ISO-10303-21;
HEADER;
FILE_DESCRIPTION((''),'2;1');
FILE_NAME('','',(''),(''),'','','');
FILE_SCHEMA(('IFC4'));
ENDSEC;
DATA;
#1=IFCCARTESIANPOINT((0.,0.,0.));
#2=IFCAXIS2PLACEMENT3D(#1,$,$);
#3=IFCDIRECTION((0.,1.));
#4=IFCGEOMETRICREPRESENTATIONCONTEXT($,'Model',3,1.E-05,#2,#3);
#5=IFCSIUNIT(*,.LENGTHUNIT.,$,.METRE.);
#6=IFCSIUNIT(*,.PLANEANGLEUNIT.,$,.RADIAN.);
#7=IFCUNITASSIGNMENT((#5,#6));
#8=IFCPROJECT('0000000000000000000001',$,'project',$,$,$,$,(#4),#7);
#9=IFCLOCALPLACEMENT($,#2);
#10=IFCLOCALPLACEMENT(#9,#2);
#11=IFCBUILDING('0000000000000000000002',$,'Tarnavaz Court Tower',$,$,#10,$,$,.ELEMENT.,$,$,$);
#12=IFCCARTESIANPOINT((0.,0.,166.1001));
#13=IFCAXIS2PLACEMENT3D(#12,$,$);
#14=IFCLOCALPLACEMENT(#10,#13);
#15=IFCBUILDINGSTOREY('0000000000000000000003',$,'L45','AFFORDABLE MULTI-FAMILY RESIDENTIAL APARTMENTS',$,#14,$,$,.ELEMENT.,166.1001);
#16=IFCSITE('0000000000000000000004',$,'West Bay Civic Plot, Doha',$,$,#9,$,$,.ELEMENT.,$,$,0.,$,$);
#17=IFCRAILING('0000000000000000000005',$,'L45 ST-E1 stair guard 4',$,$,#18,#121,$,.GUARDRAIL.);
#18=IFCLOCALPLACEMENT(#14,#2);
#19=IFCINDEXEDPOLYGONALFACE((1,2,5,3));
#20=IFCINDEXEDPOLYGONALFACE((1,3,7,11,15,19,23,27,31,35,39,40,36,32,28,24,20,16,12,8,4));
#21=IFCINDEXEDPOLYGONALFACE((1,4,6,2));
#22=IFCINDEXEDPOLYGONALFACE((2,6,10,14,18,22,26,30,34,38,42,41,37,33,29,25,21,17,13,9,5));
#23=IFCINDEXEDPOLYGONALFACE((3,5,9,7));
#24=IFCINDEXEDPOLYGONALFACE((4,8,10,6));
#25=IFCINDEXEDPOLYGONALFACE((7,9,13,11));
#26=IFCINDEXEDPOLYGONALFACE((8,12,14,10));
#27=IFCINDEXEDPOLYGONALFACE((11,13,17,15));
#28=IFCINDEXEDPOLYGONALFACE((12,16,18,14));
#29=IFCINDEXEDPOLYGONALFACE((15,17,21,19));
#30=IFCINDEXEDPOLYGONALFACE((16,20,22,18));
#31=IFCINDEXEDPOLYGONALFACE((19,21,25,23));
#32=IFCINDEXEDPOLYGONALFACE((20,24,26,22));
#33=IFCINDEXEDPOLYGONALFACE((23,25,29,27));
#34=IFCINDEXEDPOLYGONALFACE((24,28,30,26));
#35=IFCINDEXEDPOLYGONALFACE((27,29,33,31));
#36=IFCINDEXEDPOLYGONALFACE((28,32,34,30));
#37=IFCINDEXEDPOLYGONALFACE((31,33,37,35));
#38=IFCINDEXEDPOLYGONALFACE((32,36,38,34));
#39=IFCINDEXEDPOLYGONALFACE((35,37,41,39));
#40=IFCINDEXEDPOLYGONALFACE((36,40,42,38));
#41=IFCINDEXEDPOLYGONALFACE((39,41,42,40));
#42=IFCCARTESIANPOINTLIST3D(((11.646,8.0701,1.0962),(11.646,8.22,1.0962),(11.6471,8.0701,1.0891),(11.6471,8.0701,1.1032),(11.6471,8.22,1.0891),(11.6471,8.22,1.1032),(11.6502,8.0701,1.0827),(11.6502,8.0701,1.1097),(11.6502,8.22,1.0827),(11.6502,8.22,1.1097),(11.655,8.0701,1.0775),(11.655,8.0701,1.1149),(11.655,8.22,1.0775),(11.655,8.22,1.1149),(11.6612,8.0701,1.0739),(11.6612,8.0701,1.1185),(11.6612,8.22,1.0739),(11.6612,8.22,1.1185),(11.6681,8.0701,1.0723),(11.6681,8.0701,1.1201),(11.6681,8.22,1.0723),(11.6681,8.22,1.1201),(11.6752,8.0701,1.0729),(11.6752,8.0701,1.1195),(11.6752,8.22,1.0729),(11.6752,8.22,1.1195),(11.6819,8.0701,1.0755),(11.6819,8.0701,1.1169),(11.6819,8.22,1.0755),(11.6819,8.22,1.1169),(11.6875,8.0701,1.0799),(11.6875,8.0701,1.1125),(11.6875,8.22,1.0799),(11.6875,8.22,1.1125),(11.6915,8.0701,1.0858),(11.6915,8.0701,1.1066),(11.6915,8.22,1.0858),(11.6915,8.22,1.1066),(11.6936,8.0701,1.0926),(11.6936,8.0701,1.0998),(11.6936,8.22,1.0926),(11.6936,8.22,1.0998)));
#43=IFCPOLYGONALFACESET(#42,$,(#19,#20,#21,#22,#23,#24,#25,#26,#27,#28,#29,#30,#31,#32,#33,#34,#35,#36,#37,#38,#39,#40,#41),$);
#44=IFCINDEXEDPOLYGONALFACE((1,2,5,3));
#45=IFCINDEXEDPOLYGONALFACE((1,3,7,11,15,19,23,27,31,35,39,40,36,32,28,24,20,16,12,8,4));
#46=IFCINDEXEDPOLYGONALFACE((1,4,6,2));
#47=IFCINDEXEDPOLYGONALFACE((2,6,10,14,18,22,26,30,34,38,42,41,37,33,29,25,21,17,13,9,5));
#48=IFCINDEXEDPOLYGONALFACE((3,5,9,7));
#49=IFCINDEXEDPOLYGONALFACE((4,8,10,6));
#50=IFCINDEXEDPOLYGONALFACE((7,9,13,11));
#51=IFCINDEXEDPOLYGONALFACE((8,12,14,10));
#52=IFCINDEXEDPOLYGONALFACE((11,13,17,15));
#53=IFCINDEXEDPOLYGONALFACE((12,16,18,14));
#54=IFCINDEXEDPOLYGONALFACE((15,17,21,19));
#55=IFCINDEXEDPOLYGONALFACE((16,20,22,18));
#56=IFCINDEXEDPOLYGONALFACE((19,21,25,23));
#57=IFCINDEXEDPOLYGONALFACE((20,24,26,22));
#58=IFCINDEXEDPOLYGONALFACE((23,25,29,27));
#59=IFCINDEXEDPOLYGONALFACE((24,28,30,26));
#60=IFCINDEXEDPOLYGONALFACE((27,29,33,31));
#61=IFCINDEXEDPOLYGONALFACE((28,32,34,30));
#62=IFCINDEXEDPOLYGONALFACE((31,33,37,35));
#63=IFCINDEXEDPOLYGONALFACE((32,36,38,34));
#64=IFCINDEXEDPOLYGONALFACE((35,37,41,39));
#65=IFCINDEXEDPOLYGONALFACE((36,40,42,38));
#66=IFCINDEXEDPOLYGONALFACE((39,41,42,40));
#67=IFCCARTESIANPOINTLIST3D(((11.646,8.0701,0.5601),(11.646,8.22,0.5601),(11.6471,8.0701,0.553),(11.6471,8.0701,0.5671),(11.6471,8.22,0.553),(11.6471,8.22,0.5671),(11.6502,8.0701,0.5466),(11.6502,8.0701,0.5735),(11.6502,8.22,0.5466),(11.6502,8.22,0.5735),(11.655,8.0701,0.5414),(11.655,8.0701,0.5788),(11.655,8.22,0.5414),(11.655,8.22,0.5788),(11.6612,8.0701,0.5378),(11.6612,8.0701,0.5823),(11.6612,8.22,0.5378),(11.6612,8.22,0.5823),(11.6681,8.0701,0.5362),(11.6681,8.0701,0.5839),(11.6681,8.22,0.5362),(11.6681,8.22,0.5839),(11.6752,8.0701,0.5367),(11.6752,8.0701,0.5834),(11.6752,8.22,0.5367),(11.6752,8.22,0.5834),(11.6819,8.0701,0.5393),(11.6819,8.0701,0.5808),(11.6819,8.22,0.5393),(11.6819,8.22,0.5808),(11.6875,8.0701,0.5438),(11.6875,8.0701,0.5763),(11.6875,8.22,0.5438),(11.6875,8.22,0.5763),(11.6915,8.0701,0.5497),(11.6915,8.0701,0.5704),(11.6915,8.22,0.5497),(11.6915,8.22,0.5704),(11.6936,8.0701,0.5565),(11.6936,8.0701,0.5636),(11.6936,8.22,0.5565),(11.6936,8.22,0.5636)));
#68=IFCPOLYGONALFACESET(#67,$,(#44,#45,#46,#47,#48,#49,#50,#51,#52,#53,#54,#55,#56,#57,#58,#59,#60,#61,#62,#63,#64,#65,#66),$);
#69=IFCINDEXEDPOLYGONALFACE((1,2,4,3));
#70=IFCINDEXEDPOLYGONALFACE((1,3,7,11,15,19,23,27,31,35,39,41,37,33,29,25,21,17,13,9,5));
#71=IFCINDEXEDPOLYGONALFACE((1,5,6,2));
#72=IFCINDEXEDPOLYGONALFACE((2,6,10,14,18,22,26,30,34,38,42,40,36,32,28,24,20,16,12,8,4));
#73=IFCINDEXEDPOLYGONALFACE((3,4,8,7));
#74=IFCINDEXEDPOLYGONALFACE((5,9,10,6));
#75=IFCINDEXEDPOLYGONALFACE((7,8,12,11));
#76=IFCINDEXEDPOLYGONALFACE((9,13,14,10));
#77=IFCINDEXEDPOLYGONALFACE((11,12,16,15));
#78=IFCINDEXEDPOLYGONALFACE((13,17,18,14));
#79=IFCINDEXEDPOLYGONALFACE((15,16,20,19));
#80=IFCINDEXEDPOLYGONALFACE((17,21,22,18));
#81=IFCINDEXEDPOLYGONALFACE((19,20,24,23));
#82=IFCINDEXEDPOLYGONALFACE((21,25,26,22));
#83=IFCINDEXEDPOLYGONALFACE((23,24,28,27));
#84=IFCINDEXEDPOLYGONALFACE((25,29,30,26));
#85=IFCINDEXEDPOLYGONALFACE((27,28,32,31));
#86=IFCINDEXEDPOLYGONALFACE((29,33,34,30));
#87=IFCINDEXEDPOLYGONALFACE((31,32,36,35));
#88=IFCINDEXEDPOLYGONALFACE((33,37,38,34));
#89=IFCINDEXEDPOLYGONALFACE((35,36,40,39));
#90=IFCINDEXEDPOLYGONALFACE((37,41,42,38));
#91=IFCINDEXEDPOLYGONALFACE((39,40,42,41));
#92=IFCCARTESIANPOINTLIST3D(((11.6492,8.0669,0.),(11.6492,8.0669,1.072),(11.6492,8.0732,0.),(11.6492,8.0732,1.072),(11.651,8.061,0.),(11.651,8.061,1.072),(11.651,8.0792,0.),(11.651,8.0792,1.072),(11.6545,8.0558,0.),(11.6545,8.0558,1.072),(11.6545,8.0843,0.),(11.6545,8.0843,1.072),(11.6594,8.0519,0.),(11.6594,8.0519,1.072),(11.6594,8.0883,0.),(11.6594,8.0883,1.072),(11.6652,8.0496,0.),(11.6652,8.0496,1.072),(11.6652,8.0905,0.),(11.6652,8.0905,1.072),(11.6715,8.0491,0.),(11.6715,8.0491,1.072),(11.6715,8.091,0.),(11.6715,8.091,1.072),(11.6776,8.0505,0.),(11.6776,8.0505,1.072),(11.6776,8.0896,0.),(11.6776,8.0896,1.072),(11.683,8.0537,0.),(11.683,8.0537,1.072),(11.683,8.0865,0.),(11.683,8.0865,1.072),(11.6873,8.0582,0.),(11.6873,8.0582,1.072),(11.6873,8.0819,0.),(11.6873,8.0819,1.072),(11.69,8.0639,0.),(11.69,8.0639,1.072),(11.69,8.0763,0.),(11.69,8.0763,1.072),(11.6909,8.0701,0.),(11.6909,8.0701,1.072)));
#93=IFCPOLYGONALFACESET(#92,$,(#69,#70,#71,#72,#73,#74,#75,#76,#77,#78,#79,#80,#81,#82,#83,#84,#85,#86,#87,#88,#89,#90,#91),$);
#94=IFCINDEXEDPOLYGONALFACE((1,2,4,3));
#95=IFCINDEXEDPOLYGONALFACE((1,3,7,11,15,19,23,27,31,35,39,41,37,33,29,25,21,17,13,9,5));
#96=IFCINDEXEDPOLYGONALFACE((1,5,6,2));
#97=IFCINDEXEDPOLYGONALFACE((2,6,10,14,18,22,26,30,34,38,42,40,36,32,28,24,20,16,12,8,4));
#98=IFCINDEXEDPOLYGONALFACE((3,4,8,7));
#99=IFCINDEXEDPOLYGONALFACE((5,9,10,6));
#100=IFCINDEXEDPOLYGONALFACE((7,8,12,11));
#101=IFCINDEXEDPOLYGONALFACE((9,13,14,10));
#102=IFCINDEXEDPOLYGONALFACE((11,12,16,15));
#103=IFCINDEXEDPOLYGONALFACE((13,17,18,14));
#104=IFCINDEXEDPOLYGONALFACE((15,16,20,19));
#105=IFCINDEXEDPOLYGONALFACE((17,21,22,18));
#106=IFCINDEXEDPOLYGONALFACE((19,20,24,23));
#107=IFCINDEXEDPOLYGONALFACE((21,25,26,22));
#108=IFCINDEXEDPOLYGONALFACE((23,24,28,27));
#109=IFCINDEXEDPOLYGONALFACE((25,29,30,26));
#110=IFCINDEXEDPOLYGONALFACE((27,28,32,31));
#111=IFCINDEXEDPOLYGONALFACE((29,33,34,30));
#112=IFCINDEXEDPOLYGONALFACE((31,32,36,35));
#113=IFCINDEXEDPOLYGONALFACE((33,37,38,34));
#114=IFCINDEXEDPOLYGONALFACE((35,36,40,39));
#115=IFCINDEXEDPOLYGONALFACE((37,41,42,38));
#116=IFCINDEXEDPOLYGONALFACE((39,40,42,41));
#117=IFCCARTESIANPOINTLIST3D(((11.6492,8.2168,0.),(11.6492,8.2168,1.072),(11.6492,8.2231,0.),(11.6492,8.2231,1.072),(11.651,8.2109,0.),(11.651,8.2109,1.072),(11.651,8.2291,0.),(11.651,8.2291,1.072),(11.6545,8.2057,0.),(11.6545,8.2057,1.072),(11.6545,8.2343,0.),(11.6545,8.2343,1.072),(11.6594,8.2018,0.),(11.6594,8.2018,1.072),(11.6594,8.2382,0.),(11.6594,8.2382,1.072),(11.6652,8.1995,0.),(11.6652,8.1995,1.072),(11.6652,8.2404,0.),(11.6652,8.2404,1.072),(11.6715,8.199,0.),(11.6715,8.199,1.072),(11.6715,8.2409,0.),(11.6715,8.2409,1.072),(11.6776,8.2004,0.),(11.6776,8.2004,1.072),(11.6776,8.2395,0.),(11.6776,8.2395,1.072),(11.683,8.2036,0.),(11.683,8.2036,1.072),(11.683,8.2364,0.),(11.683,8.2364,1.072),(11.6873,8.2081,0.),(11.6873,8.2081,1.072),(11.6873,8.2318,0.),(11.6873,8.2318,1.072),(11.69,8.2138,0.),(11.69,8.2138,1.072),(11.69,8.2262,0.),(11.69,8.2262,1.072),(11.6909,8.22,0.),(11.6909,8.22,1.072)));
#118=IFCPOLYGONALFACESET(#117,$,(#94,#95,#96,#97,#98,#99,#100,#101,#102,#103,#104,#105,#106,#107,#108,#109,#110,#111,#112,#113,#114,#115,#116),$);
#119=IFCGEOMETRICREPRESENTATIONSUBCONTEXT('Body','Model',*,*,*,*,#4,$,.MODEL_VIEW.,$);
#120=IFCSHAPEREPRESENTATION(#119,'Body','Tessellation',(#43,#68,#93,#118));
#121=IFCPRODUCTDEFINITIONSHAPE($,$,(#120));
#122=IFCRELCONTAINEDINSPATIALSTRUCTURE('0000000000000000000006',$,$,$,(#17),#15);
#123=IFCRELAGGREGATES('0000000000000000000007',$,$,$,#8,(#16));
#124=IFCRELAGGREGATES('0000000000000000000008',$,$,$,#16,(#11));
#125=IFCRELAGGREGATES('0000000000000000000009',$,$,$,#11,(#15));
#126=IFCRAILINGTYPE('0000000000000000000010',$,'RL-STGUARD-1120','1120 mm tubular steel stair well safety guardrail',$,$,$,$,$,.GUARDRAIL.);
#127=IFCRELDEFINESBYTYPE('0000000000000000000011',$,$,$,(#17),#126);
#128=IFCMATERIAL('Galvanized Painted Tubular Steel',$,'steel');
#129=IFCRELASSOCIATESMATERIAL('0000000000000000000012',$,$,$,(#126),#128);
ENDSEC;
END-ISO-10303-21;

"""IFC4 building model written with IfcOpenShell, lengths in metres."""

from ifc_helpers import new_model, si_unit, direction, frame, origin, origin_2d, place, context, subcontext, project, spatial, circle, extrude, material, type_object, element, save


model = new_model("IFC4")

# Units and contexts
model_context = context("Model", 3, precision=1e-05, world=origin(), true_north=direction((0.0, 1.0)))
body_context = subcontext(model_context, "Body", "Model", "MODEL_VIEW")
ifc_project = project(units=[si_unit("LENGTHUNIT", "METRE"), si_unit("PLANEANGLEUNIT", "RADIAN")], contexts=[model_context])

# Site, building, storey
site_placement = place(None, origin())
site = spatial("IfcSite", under=ifc_project, at=site_placement, Name="West Bay Civic Plot, Doha", CompositionType="ELEMENT", RefElevation=0.0)
building_placement = place(site_placement, origin())
building = spatial("IfcBuilding", under=site, at=building_placement, Name="Tarnavaz Court Tower", CompositionType="ELEMENT")
storey_placement = place(building_placement, frame((0.0, 0.0, 166.1001)))
storey = spatial("IfcBuildingStorey", under=building, at=storey_placement, Name="L45", Description="AFFORDABLE MULTI-FAMILY RESIDENTIAL APARTMENTS", CompositionType="ELEMENT", Elevation=166.1001)

# Railing
ifc_material_1 = material(Name="Galvanized Painted Tubular Steel", Category="steel")
railing_type_1 = type_object("IfcRailingType", Name="RL-STGUARD-1120", Description="1120 mm tubular steel stair well safety guardrail", PredefinedType="GUARDRAIL", material=ifc_material_1)
railing_1_placement = place(storey_placement, frame((11.6699, 8.0701, 0.0)))
element("IfcRailing", 1, at=railing_1_placement, inside=storey, type_object=railing_type_1, Name="L45 ST-E1 stair guard 4", PredefinedType="GUARDRAIL", context=body_context, shape_type="SweptSolid", body=[
    extrude(circle(Radius=0.0239, at=origin_2d()), frame((0.0, 0.0, 1.0962), z_axis=(0.0, 1.0, 0.0), x_axis=(-1.0, 0.0, 0.0)), (0.0, 0.0, 1.0), 0.1499),
    extrude(circle(Radius=0.0239, at=origin_2d()), frame((0.0, 0.0, 0.5601), z_axis=(0.0, 1.0, 0.0), x_axis=(-1.0, 0.0, 0.0)), (0.0, 0.0, 1.0), 0.1499),
    extrude(circle(Radius=0.021, at=origin_2d()), origin(), (0.0, 0.0, 1.0), 1.072),
    extrude(circle(Radius=0.021, at=origin_2d()), frame((0.0, 0.1499, 0.0)), (0.0, 0.0, 1.0), 1.072),
])

save(model, "model.ifc")
